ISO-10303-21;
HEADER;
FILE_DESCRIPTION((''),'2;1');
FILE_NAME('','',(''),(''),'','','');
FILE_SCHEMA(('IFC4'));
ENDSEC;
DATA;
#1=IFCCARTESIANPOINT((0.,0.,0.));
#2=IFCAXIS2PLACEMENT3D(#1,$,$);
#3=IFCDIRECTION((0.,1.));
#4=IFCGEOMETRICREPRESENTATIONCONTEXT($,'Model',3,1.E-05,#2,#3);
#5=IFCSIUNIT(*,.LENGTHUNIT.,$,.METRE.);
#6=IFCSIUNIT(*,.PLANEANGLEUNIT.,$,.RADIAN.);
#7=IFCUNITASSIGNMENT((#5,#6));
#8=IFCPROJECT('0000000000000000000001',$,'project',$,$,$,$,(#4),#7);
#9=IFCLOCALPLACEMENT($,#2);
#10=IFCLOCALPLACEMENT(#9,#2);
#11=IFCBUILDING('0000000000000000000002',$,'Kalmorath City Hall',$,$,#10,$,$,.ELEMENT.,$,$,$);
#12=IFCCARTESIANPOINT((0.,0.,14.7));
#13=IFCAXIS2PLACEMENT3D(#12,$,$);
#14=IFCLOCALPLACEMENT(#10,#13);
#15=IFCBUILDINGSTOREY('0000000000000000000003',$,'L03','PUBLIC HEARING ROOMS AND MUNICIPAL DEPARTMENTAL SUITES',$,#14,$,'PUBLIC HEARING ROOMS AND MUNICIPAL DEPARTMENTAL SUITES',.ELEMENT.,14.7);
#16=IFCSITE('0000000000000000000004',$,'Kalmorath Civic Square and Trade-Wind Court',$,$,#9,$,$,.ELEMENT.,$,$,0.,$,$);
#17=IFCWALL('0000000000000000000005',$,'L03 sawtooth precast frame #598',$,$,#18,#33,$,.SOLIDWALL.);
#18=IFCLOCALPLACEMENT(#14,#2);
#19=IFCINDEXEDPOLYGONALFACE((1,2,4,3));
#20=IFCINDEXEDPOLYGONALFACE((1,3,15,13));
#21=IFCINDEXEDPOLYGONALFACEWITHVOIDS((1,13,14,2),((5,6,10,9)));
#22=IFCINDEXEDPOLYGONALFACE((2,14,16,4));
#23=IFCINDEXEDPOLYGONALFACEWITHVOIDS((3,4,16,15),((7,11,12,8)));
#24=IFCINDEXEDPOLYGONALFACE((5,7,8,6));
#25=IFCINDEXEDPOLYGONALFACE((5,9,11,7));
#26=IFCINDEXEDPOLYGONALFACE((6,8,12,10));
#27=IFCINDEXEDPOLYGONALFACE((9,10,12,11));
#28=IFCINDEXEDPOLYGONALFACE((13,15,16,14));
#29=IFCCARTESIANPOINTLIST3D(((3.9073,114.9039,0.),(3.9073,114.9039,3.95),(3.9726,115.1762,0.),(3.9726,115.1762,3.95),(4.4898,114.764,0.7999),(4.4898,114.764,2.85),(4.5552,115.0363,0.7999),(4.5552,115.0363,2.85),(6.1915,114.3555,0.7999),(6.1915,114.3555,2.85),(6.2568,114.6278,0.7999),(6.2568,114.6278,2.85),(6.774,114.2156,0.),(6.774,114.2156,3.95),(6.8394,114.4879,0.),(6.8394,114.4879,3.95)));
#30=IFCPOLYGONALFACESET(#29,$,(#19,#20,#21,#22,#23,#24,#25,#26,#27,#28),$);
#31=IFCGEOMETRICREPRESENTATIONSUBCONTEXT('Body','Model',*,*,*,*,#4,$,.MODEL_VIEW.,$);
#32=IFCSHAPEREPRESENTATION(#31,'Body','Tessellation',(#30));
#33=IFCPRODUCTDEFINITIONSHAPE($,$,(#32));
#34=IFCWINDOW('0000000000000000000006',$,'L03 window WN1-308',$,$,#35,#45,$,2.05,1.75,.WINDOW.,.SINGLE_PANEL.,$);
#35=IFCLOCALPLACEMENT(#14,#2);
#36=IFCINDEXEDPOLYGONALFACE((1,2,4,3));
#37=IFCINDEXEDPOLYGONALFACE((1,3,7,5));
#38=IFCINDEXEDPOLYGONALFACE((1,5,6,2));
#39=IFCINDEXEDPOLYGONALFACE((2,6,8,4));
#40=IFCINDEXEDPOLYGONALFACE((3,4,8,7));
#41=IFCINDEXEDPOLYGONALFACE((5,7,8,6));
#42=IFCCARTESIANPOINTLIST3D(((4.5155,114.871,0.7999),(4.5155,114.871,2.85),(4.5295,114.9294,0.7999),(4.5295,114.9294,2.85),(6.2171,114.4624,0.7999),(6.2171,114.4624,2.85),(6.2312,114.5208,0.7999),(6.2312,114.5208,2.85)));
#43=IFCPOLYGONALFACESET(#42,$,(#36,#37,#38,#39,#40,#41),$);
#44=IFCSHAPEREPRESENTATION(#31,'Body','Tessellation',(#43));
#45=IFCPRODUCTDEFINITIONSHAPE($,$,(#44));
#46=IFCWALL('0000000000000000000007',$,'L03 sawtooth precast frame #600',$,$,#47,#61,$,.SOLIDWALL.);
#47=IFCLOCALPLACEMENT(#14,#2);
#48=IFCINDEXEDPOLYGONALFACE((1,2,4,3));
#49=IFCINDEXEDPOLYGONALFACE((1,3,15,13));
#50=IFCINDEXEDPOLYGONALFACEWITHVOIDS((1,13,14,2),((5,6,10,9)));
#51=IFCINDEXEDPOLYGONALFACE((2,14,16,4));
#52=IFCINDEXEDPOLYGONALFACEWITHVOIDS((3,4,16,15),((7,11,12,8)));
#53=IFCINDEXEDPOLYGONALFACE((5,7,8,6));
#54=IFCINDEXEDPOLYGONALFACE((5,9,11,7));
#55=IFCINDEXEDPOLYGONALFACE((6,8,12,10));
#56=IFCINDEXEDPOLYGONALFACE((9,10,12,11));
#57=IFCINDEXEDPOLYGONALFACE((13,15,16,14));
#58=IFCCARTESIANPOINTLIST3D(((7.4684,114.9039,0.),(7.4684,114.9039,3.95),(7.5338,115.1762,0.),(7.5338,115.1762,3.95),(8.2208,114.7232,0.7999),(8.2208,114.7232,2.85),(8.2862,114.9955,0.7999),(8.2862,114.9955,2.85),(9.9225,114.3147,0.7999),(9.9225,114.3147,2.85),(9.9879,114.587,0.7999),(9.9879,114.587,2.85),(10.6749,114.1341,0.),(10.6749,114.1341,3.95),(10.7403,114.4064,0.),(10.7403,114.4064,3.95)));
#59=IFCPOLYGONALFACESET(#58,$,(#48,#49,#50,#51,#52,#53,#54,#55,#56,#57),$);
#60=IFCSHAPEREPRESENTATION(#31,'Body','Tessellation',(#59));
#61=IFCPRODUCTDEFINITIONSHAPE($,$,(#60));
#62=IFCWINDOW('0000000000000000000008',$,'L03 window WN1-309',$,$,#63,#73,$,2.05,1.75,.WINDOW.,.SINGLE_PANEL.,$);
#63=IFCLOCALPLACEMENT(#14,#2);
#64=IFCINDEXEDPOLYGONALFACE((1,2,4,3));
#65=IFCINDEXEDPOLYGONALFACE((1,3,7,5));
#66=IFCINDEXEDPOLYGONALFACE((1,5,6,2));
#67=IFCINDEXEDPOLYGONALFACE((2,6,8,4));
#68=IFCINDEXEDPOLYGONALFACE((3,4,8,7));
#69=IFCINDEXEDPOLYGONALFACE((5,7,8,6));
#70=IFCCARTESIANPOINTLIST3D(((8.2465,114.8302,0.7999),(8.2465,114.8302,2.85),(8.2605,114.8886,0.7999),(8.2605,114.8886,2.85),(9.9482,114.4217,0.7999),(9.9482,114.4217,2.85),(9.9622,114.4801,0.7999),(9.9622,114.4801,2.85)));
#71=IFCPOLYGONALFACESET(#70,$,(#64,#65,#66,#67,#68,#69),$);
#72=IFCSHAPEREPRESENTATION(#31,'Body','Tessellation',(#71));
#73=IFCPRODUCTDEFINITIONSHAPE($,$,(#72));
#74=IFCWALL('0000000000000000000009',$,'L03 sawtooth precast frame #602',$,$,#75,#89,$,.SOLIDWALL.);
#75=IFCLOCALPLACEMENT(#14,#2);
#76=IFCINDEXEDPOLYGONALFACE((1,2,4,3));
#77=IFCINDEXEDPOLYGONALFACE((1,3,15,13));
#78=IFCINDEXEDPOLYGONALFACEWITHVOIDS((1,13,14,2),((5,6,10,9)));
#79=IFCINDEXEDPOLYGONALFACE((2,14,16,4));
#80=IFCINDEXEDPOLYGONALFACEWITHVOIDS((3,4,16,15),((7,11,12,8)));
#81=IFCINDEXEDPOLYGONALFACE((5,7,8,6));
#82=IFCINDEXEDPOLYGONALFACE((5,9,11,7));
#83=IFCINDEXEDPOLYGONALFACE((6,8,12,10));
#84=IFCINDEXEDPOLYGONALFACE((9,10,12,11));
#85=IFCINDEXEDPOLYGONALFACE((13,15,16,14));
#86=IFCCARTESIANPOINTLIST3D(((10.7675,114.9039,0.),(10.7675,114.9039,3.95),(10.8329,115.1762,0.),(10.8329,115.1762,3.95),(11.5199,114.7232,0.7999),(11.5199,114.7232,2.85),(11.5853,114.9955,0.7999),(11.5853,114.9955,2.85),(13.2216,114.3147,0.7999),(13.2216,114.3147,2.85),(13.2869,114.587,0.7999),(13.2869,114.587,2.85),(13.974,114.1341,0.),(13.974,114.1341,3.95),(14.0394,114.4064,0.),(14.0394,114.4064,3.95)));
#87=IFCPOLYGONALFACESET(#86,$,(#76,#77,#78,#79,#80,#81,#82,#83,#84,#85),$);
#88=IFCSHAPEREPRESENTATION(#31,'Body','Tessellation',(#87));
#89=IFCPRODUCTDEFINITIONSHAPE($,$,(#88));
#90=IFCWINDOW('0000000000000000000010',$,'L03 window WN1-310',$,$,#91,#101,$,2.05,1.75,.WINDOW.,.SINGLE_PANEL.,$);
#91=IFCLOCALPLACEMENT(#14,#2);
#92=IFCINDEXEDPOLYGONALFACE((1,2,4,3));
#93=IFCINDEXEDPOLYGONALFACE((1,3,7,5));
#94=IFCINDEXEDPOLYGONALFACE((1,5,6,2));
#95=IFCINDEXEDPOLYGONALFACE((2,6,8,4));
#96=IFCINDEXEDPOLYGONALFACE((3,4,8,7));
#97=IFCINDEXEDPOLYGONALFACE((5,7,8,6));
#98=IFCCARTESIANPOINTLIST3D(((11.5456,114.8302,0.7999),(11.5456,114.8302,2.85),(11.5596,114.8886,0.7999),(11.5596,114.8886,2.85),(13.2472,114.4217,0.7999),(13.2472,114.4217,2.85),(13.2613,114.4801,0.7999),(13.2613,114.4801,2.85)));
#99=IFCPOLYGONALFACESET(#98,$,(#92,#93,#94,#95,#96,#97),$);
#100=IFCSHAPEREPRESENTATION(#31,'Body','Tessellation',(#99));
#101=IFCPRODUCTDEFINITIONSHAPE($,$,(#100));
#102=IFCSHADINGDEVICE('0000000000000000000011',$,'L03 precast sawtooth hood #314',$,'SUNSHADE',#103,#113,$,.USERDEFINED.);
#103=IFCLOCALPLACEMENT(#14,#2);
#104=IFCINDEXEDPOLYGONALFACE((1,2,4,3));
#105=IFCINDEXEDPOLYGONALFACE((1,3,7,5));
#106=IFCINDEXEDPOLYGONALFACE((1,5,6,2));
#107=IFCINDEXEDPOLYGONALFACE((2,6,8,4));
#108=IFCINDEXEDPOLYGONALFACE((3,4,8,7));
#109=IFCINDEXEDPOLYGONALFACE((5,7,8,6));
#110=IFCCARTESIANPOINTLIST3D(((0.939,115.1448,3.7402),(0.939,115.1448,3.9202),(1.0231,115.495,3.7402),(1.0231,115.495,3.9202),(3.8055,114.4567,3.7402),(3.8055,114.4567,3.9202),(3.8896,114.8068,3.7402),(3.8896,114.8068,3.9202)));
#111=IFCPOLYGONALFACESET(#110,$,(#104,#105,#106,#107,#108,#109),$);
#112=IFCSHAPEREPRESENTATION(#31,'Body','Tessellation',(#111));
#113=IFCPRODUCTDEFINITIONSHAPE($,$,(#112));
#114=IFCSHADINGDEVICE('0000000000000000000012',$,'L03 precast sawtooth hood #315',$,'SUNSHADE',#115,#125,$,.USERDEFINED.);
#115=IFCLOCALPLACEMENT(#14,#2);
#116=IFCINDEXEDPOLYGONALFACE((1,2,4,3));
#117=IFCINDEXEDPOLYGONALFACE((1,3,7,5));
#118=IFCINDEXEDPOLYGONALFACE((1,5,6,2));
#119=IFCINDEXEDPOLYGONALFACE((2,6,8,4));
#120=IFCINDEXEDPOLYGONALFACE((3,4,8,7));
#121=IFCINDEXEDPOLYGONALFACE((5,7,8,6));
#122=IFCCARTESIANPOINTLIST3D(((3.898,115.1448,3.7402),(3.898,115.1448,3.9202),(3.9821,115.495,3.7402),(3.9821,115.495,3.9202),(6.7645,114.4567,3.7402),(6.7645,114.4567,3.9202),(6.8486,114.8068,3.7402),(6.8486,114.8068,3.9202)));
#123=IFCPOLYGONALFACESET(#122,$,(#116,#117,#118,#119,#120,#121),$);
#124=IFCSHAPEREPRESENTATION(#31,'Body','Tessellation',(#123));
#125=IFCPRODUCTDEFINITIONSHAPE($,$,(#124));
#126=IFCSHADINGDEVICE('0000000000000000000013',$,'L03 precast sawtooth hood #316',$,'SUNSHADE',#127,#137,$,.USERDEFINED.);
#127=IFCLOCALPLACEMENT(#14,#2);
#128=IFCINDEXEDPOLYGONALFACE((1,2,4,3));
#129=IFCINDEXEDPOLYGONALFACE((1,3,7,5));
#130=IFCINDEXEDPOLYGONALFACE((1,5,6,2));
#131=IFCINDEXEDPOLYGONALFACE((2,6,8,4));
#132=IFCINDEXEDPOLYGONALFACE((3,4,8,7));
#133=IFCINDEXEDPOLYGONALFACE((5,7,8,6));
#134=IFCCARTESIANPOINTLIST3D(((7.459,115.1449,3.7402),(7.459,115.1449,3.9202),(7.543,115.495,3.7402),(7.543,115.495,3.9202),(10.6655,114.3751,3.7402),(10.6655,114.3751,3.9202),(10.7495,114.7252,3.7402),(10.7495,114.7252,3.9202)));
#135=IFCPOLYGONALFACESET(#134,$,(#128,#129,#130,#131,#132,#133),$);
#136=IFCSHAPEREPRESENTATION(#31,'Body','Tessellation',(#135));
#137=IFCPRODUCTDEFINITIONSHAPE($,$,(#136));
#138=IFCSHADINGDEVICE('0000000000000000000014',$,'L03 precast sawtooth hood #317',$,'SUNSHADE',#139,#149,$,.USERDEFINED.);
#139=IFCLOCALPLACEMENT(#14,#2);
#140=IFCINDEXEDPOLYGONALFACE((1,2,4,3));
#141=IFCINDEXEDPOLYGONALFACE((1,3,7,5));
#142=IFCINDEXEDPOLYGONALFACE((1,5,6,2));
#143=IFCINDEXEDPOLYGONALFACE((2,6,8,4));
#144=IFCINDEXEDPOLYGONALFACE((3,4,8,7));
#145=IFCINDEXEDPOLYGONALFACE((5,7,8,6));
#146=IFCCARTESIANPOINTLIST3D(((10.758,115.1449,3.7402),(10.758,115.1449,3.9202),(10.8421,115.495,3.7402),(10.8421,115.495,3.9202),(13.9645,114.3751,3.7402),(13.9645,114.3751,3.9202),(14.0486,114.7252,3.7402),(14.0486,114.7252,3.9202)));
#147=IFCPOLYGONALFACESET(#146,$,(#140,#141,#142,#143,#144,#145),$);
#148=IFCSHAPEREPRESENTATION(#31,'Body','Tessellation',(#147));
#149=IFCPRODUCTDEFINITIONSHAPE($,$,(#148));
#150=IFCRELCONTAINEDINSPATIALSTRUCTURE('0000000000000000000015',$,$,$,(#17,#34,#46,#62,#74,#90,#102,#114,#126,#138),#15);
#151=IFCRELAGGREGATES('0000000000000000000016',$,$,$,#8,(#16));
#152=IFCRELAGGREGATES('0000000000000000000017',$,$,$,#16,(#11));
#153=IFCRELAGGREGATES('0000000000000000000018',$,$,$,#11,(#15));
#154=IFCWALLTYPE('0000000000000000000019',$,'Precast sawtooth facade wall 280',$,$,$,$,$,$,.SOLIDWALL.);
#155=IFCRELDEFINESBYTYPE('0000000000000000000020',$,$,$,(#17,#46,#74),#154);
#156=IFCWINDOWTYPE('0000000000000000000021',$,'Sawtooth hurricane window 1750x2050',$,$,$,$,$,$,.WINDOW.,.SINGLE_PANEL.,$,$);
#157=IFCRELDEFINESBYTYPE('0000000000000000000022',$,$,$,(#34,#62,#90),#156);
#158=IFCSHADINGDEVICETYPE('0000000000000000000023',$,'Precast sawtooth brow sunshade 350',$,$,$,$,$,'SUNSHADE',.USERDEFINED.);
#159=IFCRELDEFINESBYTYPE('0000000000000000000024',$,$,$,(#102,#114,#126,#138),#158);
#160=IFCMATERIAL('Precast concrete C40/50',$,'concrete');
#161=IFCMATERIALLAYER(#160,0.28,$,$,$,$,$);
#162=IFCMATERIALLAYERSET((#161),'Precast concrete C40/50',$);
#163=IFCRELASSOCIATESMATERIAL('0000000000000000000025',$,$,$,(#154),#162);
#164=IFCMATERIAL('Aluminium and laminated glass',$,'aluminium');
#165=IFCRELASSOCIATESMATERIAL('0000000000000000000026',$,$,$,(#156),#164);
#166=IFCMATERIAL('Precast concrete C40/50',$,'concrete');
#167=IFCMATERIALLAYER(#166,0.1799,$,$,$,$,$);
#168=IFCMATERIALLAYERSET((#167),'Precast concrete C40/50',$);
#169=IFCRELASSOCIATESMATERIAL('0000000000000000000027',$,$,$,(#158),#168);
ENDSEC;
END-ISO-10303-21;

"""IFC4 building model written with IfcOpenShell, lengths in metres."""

from ifc_helpers import new_model, si_unit, direction, frame, frame_2d, origin, origin_2d, place, context, subcontext, project, spatial, rectangle, extrude, material, layer, layer_set, type_object, element, fill, save


model = new_model("IFC4")

# Units and contexts
model_context = context("Model", 3, precision=1e-05, world=origin(), true_north=direction((0.0, 1.0)))
body_context = subcontext(model_context, "Body", "Model", "MODEL_VIEW")
ifc_project = project(units=[si_unit("LENGTHUNIT", "METRE"), si_unit("PLANEANGLEUNIT", "RADIAN")], contexts=[model_context])

# Site, building, storey
site_placement = place(None, origin())
site = spatial("IfcSite", under=ifc_project, at=site_placement, Name="Kalmorath Civic Square and Trade-Wind Court", CompositionType="ELEMENT", RefElevation=0.0)
building_placement = place(site_placement, origin())
building = spatial("IfcBuilding", under=site, at=building_placement, Name="Kalmorath City Hall", CompositionType="ELEMENT")
storey_placement = place(building_placement, frame((0.0, 0.0, 14.7)))
storey = spatial("IfcBuildingStorey", under=building, at=storey_placement, Name="L03", Description="PUBLIC HEARING ROOMS AND MUNICIPAL DEPARTMENTAL SUITES", LongName="PUBLIC HEARING ROOMS AND MUNICIPAL DEPARTMENTAL SUITES", CompositionType="ELEMENT", Elevation=14.7)

# Walls, openings, windows
ifc_material_1 = material(Name="Precast concrete C40/50", Category="concrete")
ifc_layer_1 = layer(ifc_material_1, 0.28)
ifc_layer_set_1 = layer_set([ifc_layer_1], Name="Precast concrete C40/50")
wall_type_1 = type_object("IfcWallType", Name="Precast sawtooth facade wall 280", PredefinedType="SOLIDWALL", material=ifc_layer_set_1)
wall_1_placement = place(storey_placement, frame((3.9399, 115.04, 0.0), z_axis=(0.0, 0.0, 1.0), x_axis=(0.97237, -0.233445, 0.0)))
wall_1 = element("IfcWall", 1, at=wall_1_placement, inside=storey, type_object=wall_type_1, Name="L03 sawtooth precast frame #598", PredefinedType="SOLIDWALL", context=body_context, shape_type="SweptSolid", body=[
    extrude(rectangle(XDim=2.9482, YDim=0.28, at=frame_2d((1.4741, 0.0))), origin(), (0.0, 0.0, 1.0), 3.95),
])
opening_1_placement = place(wall_1_placement, frame((0.5991, 0.0, 0.8)))
opening_1 = element("IfcOpeningElement", 2, at=opening_1_placement, cuts=wall_1, PredefinedType="OPENING", context=body_context, shape_type="SweptSolid", body=[
    extrude(rectangle(XDim=1.75, YDim=2.05, at=frame_2d((0.875, 1.0249))), frame((0.0, 0.1499, 0.0), z_axis=(0.0, -1.0, 0.0), x_axis=(1.0, 0.0, 0.0)), (0.0, 0.0, 1.0), 0.3),
])
ifc_material_2 = material(Name="Aluminium and laminated glass", Category="aluminium")
window_type = type_object("IfcWindowType", Name="Sawtooth hurricane window 1750x2050", PartitioningType="SINGLE_PANEL", PredefinedType="WINDOW", material=ifc_material_2)
window_1_placement = place(opening_1_placement, origin())
window_1 = element("IfcWindow", 3, at=window_1_placement, inside=storey, type_object=window_type, Name="L03 window WN1-308", OverallHeight=2.05, OverallWidth=1.75, PartitioningType="SINGLE_PANEL", PredefinedType="WINDOW", context=body_context, shape_type="SweptSolid", body=[
    extrude(rectangle(XDim=1.75, YDim=2.05, at=frame_2d((0.875, 1.0249))), frame((0.0, 0.03, 0.0), z_axis=(0.0, -1.0, 0.0), x_axis=(1.0, 0.0, 0.0)), (0.0, 0.0, 1.0), 0.0601),
])
fill(opening_1, window_1)
wall_2_placement = place(storey_placement, frame((7.501, 115.04, 0.0), z_axis=(0.0, 0.0, 1.0), x_axis=(0.972373, -0.233432, 0.0)))
wall_2 = element("IfcWall", 4, at=wall_2_placement, inside=storey, type_object=wall_type_1, Name="L03 sawtooth precast frame #600", PredefinedType="SOLIDWALL", context=body_context, shape_type="SweptSolid", body=[
    extrude(rectangle(XDim=3.2976, YDim=0.28, at=frame_2d((1.6489, 0.0))), origin(), (0.0, 0.0, 1.0), 3.95),
])
opening_2_placement = place(wall_2_placement, frame((0.7739, 0.0, 0.8)))
opening_2 = element("IfcOpeningElement", 5, at=opening_2_placement, cuts=wall_2, PredefinedType="OPENING", context=body_context, shape_type="SweptSolid", body=[
    extrude(rectangle(XDim=1.75, YDim=2.05, at=frame_2d((0.875, 1.0249))), frame((0.0, 0.1499, 0.0), z_axis=(0.0, -1.0, 0.0), x_axis=(1.0, 0.0, 0.0)), (0.0, 0.0, 1.0), 0.3),
])
window_2_placement = place(opening_2_placement, origin())
window_2 = element("IfcWindow", 6, at=window_2_placement, inside=storey, type_object=window_type, Name="L03 window WN1-309", OverallHeight=2.05, OverallWidth=1.75, PartitioningType="SINGLE_PANEL", PredefinedType="WINDOW", context=body_context, shape_type="SweptSolid", body=[
    extrude(rectangle(XDim=1.75, YDim=2.05, at=frame_2d((0.875, 1.0249))), frame((0.0, 0.03, 0.0), z_axis=(0.0, -1.0, 0.0), x_axis=(1.0, 0.0, 0.0)), (0.0, 0.0, 1.0), 0.0601),
])
fill(opening_2, window_2)
wall_3_placement = place(storey_placement, frame((10.8, 115.04, 0.0), z_axis=(0.0, 0.0, 1.0), x_axis=(0.972373, -0.233432, 0.0)))
wall_3 = element("IfcWall", 7, at=wall_3_placement, inside=storey, type_object=wall_type_1, Name="L03 sawtooth precast frame #602", PredefinedType="SOLIDWALL", context=body_context, shape_type="SweptSolid", body=[
    extrude(rectangle(XDim=3.2976, YDim=0.28, at=frame_2d((1.6489, 0.0))), origin(), (0.0, 0.0, 1.0), 3.95),
])
opening_3_placement = place(wall_3_placement, frame((0.7739, 0.0, 0.8)))
opening_3 = element("IfcOpeningElement", 8, at=opening_3_placement, cuts=wall_3, PredefinedType="OPENING", context=body_context, shape_type="SweptSolid", body=[
    extrude(rectangle(XDim=1.75, YDim=2.05, at=frame_2d((0.875, 1.0249))), frame((0.0, 0.1499, 0.0), z_axis=(0.0, -1.0, 0.0), x_axis=(1.0, 0.0, 0.0)), (0.0, 0.0, 1.0), 0.3),
])
window_3_placement = place(opening_3_placement, origin())
window_3 = element("IfcWindow", 9, at=window_3_placement, inside=storey, type_object=window_type, Name="L03 window WN1-310", OverallHeight=2.05, OverallWidth=1.75, PartitioningType="SINGLE_PANEL", PredefinedType="WINDOW", context=body_context, shape_type="SweptSolid", body=[
    extrude(rectangle(XDim=1.75, YDim=2.05, at=frame_2d((0.875, 1.0249))), frame((0.0, 0.03, 0.0), z_axis=(0.0, -1.0, 0.0), x_axis=(1.0, 0.0, 0.0)), (0.0, 0.0, 1.0), 0.0601),
])
fill(opening_3, window_3)

# Shading devices
ifc_material_3 = material(Name="Precast concrete C40/50", Category="concrete")
ifc_layer_2 = layer(ifc_material_3, 0.1799)
ifc_layer_set_2 = layer_set([ifc_layer_2], Name="Precast concrete C40/50")
shading_device_type = type_object("IfcShadingDeviceType", Name="Precast sawtooth brow sunshade 350", ElementType="SUNSHADE", PredefinedType="USERDEFINED", material=ifc_layer_set_2)
for number, where, z_axis, x_axis, name in (
    (10, (2.4143, 114.9758, 3.7402), (0.0, 0.0, 1.0), (0.97237, -0.233445, 0.0), "L03 precast sawtooth hood #314"),
    (11, (5.3733, 114.9758, 3.7402), (0.0, 0.0, 1.0), (0.97237, -0.233445, 0.0), "L03 precast sawtooth hood #315"),
):
    element("IfcShadingDevice", number, at=place(storey_placement, frame(where, z_axis=z_axis, x_axis=x_axis)), inside=storey, type_object=shading_device_type, Name=name, ObjectType="SUNSHADE", PredefinedType="USERDEFINED", context=body_context, shape_type="SweptSolid", body=[
        extrude(rectangle(XDim=2.948, YDim=0.3601, at=origin_2d()), origin(), (0.0, 0.0, 1.0), 0.1799),
    ])
for number, where, z_axis, x_axis, name in (
    (12, (9.1042, 114.9351, 3.7402), (0.0, 0.0, 1.0), (0.97237, -0.233445, 0.0), "L03 precast sawtooth hood #316"),
    (13, (12.4033, 114.9351, 3.7402), (0.0, 0.0, 1.0), (0.97237, -0.233445, 0.0), "L03 precast sawtooth hood #317"),
):
    element("IfcShadingDevice", number, at=place(storey_placement, frame(where, z_axis=z_axis, x_axis=x_axis)), inside=storey, type_object=shading_device_type, Name=name, ObjectType="SUNSHADE", PredefinedType="USERDEFINED", context=body_context, shape_type="SweptSolid", body=[
        extrude(rectangle(XDim=3.2976, YDim=0.3601, at=origin_2d()), origin(), (0.0, 0.0, 1.0), 0.1799),
    ])

save(model, "model.ifc")
